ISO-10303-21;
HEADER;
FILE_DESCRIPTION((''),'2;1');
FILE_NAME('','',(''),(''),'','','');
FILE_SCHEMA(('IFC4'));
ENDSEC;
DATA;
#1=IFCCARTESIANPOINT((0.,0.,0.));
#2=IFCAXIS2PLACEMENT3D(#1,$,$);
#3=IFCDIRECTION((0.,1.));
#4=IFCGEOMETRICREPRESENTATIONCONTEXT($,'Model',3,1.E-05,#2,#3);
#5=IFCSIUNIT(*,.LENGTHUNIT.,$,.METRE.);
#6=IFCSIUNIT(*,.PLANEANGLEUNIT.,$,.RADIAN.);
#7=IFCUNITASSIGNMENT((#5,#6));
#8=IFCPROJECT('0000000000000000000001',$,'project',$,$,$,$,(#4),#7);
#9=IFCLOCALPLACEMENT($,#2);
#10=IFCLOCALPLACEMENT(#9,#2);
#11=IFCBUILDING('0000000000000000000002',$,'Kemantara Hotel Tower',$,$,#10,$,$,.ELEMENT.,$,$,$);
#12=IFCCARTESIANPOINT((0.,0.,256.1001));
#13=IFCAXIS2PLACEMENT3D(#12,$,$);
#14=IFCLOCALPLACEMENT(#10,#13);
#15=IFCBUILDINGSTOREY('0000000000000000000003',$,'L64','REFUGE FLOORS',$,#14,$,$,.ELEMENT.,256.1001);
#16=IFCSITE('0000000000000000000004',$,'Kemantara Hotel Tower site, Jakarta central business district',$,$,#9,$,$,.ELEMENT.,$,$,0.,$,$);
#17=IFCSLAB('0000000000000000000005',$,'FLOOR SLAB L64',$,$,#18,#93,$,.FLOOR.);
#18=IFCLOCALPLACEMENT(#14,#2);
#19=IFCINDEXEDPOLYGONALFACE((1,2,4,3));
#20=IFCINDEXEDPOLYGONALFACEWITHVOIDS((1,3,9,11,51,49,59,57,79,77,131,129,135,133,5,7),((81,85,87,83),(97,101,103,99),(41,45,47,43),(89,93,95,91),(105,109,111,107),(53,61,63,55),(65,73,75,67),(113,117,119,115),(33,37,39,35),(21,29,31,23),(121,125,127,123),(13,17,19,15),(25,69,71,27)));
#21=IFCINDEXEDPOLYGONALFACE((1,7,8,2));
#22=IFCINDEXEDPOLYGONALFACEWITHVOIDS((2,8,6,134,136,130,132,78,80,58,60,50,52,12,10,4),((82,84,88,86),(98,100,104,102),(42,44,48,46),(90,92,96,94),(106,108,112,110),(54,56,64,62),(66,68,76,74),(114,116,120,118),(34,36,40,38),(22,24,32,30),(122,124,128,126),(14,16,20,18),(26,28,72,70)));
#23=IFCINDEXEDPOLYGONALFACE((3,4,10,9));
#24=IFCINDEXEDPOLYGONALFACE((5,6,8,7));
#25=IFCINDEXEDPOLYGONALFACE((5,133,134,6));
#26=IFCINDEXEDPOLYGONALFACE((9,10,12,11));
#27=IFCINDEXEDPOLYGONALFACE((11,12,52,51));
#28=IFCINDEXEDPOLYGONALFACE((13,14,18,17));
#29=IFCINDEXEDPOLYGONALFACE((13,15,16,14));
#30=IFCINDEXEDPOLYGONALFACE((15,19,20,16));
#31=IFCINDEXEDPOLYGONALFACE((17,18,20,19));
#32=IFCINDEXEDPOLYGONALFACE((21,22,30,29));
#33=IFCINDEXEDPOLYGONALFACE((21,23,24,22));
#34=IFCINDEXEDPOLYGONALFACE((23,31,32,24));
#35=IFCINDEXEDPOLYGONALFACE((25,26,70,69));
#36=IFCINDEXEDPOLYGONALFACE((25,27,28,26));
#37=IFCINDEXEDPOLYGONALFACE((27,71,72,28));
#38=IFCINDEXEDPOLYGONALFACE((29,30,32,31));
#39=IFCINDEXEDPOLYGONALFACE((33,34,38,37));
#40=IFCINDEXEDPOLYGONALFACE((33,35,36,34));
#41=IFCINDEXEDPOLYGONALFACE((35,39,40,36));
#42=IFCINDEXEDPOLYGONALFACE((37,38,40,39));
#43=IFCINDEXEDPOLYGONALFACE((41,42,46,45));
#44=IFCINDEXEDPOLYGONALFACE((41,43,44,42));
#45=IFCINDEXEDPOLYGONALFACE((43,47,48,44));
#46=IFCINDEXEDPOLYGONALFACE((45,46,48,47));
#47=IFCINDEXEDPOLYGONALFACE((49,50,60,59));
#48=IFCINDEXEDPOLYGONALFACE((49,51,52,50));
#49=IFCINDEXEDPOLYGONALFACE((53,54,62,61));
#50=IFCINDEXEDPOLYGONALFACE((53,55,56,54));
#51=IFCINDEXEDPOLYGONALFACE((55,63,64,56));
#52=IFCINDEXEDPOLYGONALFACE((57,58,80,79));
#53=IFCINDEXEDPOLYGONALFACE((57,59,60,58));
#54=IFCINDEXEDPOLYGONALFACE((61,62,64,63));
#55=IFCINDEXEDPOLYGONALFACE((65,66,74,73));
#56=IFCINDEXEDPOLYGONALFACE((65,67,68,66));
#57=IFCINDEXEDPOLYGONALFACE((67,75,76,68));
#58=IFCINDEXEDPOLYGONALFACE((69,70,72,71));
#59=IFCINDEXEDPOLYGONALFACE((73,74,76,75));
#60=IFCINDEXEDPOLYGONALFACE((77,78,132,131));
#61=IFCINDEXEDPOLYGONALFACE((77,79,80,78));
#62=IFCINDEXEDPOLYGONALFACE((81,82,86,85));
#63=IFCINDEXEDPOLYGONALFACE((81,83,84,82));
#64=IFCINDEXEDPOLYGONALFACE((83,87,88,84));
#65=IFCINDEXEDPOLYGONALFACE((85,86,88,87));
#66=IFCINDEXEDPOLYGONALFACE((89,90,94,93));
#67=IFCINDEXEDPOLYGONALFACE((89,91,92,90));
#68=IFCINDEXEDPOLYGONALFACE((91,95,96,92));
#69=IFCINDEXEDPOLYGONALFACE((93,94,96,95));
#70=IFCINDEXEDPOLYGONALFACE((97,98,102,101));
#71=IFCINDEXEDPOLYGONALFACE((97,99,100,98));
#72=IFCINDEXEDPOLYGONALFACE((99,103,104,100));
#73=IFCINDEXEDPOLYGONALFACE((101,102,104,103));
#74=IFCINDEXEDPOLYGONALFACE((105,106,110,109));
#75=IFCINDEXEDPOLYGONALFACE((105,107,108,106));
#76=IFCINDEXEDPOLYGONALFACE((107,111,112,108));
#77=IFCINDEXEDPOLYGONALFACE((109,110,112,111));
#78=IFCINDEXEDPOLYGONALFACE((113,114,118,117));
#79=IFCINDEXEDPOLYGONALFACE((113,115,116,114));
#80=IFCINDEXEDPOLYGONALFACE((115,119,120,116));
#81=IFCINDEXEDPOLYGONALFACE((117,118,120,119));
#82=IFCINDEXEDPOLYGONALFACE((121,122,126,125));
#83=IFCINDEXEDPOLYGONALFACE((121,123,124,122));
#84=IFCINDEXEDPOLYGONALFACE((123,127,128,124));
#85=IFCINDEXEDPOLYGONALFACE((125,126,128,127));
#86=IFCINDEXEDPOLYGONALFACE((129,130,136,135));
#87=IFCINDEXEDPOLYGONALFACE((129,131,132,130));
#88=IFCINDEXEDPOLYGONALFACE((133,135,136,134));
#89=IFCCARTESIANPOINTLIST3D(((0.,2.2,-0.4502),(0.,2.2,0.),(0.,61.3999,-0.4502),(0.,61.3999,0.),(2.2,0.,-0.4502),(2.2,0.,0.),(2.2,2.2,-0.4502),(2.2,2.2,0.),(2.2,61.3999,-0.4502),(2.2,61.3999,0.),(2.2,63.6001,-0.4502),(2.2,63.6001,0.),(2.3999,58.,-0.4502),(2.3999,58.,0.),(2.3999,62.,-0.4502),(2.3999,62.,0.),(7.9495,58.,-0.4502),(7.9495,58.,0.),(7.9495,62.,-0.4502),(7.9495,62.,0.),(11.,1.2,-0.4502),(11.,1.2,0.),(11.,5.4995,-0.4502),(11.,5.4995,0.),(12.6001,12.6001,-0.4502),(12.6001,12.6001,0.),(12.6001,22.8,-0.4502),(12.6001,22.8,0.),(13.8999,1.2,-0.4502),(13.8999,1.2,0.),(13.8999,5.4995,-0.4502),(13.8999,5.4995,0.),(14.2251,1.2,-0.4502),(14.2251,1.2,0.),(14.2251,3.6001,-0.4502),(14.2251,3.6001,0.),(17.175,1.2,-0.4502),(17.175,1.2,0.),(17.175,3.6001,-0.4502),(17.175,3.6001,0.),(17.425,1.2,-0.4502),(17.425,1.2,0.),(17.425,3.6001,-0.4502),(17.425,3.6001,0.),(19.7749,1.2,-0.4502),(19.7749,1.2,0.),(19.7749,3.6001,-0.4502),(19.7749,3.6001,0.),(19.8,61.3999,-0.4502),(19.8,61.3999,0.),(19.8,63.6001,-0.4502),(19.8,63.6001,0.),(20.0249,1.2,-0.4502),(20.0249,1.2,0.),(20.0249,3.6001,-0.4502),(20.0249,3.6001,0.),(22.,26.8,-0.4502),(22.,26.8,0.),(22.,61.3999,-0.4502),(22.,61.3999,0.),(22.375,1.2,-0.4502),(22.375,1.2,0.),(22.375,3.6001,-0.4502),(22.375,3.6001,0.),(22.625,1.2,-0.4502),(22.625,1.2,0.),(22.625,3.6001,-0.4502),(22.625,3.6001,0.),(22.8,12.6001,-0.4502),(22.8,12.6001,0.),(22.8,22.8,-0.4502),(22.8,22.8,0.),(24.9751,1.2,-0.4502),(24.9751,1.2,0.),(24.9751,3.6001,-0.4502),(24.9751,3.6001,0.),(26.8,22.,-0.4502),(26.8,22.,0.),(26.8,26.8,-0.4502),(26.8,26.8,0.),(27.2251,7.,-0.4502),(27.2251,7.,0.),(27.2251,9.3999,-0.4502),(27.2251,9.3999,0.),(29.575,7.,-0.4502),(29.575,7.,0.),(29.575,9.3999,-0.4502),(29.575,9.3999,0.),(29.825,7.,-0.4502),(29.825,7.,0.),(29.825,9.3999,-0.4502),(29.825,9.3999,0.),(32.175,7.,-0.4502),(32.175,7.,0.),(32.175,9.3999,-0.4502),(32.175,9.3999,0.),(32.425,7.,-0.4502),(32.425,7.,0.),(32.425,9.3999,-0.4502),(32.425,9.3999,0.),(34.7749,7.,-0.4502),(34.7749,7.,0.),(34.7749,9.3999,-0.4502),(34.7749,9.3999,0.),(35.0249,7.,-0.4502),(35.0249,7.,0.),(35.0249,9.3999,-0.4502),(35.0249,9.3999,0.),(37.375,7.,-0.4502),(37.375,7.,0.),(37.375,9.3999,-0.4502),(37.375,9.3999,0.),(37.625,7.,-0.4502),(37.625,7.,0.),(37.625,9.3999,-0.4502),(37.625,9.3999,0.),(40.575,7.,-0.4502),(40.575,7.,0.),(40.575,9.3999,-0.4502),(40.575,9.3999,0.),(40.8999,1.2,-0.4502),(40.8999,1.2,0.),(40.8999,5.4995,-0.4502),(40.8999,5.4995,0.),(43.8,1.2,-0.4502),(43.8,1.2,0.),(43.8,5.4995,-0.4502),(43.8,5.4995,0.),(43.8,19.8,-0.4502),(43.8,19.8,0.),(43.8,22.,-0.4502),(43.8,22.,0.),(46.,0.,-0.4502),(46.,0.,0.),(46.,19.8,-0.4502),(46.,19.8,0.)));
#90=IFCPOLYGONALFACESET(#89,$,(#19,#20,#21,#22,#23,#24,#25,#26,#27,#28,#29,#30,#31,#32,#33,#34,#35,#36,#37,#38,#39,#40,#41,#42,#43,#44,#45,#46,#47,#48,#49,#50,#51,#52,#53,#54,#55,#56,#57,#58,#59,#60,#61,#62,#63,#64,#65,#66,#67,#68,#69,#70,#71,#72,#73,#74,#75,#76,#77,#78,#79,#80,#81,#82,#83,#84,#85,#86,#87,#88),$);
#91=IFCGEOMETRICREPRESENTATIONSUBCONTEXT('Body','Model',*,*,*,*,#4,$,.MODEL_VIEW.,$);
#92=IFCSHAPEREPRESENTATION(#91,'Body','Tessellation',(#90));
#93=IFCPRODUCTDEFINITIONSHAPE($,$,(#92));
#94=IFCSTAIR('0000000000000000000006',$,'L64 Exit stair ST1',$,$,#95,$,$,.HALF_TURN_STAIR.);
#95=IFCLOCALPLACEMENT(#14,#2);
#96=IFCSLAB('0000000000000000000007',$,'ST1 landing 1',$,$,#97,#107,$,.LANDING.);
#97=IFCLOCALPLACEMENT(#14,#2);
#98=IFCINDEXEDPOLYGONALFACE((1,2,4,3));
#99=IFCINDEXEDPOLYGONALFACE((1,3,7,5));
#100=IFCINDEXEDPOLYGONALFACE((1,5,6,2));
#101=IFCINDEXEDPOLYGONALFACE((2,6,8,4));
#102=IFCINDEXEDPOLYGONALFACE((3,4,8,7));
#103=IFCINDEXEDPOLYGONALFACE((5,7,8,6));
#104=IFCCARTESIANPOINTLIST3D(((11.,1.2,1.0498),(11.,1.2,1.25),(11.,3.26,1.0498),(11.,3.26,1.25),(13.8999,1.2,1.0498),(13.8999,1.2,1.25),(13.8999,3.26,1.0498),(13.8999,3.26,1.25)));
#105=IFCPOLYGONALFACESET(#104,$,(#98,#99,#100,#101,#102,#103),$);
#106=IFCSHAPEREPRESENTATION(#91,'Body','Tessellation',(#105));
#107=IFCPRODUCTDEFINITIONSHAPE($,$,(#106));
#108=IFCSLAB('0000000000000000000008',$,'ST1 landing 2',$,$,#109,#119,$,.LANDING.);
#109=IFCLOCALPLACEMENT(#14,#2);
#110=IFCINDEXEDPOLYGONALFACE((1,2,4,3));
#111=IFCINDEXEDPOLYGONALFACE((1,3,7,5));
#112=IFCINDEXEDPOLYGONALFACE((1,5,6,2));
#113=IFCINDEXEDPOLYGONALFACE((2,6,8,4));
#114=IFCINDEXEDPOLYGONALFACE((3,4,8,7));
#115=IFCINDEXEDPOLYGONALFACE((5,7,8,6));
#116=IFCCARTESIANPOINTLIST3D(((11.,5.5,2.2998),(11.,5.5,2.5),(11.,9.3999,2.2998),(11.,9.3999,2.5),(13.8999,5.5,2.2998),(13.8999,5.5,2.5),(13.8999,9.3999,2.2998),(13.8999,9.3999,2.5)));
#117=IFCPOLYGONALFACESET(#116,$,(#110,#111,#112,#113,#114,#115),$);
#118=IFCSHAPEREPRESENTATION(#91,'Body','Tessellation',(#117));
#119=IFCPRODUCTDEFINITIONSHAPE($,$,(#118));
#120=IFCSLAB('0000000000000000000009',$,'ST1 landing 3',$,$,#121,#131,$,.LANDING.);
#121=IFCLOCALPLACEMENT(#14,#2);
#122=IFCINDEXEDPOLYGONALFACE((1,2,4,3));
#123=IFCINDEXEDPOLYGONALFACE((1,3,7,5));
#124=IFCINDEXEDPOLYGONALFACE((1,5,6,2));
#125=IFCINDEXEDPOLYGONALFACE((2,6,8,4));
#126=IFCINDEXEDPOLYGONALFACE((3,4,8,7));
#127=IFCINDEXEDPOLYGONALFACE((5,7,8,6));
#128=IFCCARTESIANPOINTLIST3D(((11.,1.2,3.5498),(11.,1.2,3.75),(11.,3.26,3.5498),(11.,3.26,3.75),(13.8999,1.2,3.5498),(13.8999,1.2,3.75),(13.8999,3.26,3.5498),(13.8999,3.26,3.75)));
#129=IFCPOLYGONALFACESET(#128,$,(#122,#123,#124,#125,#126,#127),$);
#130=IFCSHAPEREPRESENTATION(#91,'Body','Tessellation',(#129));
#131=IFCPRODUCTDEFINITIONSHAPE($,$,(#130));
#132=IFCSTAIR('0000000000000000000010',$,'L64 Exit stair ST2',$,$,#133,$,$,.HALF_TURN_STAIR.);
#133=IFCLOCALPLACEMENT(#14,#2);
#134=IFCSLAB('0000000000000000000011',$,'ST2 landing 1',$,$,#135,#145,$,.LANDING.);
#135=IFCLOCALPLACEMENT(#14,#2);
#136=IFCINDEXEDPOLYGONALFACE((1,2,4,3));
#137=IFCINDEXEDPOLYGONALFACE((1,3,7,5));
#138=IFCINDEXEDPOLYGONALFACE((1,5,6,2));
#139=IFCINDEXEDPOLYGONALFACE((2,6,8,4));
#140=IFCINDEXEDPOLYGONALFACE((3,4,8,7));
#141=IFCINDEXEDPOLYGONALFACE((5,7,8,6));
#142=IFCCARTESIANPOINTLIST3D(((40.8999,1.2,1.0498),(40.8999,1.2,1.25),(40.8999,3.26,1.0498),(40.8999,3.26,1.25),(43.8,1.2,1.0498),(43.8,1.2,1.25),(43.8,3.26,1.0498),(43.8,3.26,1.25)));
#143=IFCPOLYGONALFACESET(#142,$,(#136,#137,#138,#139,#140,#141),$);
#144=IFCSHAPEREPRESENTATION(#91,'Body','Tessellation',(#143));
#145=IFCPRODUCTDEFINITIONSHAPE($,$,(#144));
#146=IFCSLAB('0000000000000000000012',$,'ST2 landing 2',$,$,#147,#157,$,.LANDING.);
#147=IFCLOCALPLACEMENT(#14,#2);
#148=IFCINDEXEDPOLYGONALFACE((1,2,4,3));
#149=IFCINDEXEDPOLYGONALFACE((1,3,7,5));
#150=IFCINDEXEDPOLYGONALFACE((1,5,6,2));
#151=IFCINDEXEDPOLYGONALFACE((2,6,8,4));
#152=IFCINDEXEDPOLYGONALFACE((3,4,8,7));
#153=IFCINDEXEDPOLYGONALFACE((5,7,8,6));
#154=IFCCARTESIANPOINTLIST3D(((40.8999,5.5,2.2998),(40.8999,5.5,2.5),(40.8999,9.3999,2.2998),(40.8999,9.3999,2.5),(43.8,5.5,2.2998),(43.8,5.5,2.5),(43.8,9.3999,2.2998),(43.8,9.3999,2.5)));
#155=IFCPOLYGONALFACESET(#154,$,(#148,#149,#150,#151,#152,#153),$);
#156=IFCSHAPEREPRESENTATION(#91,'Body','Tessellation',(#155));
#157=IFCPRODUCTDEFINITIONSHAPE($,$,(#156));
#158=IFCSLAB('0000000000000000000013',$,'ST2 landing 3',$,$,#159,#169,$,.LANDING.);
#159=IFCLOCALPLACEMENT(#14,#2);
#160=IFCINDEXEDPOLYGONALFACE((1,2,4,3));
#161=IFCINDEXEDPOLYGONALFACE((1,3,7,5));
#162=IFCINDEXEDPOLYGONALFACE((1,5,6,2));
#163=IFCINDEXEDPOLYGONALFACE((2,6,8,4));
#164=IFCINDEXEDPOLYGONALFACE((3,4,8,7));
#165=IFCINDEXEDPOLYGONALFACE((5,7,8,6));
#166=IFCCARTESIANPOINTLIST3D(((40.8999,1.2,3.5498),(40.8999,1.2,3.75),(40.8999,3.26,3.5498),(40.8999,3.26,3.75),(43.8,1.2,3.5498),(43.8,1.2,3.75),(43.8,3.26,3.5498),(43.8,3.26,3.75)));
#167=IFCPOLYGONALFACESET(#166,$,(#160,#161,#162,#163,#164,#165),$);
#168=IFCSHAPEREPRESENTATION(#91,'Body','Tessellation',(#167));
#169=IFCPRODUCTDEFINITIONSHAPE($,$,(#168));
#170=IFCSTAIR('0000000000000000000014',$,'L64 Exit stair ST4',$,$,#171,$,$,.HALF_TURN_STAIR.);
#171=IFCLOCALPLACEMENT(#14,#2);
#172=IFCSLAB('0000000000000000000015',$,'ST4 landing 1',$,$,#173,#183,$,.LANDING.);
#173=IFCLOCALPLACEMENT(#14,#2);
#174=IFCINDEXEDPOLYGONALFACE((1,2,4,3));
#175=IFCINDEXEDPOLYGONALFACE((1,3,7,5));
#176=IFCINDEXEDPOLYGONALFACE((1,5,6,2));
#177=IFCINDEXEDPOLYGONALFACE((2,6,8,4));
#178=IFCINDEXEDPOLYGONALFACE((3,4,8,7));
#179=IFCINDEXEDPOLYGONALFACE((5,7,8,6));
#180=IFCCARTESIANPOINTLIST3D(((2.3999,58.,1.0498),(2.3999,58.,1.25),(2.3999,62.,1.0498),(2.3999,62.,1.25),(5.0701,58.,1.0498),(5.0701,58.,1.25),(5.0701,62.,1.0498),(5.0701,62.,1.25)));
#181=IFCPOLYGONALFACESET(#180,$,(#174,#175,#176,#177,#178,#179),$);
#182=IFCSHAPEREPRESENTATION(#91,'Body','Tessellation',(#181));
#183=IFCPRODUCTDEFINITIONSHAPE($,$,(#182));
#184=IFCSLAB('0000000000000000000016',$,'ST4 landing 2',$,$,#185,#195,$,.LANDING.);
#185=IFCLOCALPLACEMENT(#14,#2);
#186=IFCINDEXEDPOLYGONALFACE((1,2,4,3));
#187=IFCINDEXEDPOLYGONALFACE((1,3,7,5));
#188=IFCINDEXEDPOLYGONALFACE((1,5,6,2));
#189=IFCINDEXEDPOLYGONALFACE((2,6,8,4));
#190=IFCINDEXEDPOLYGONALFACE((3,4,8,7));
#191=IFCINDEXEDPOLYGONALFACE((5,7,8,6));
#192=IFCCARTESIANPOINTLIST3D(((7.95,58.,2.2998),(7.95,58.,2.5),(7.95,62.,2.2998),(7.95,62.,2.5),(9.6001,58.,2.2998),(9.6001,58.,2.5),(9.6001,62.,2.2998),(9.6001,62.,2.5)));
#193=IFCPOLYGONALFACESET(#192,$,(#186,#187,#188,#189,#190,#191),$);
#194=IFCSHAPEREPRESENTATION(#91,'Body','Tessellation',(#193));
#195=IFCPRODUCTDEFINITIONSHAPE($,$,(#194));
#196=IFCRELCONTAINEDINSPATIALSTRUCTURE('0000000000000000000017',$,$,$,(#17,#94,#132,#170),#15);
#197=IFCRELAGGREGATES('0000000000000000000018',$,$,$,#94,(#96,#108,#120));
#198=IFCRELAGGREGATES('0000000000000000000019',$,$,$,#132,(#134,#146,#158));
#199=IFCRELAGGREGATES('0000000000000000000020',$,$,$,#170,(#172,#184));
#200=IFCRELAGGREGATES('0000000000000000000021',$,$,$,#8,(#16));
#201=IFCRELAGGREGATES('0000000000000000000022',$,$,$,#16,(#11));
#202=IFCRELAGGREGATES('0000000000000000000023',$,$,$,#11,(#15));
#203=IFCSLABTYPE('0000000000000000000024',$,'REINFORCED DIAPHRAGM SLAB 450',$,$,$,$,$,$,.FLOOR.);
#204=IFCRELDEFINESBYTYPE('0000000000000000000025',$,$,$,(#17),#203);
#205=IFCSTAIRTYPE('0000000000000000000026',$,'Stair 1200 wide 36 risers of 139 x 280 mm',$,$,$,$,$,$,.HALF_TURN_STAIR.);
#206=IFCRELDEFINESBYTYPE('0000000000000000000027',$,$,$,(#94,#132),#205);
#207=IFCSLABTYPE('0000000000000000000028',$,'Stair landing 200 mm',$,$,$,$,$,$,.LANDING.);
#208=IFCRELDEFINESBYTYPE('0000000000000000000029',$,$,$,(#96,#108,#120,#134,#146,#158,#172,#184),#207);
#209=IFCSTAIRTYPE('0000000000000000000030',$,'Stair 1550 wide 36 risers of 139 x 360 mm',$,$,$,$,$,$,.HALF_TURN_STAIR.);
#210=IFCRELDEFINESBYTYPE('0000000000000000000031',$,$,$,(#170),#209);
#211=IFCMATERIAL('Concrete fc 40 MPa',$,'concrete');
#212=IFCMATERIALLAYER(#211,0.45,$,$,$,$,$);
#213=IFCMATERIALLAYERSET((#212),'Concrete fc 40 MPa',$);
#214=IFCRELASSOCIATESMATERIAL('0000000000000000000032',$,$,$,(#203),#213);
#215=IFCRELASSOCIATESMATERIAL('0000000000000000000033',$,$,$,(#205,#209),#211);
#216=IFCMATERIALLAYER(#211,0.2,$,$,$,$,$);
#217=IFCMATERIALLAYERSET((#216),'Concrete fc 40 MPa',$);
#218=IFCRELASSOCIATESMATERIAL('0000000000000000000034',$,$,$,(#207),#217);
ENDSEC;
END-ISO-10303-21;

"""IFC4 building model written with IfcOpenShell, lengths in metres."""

from ifc_helpers import new_model, si_unit, direction, frame, origin, place, context, subcontext, project, spatial, polyline, outline, extrude, material, layer, layer_set, type_object, element, aggregate, save


model = new_model("IFC4")

# Units and contexts
model_context = context("Model", 3, precision=1e-05, world=origin(), true_north=direction((0.0, 1.0)))
body_context = subcontext(model_context, "Body", "Model", "MODEL_VIEW")
ifc_project = project(units=[si_unit("LENGTHUNIT", "METRE"), si_unit("PLANEANGLEUNIT", "RADIAN")], contexts=[model_context])

# Site, building, storey
site_placement = place(None, origin())
site = spatial("IfcSite", under=ifc_project, at=site_placement, Name="Kemantara Hotel Tower site, Jakarta central business district", CompositionType="ELEMENT", RefElevation=0.0)
building_placement = place(site_placement, origin())
building = spatial("IfcBuilding", under=site, at=building_placement, Name="Kemantara Hotel Tower", CompositionType="ELEMENT")
storey_placement = place(building_placement, frame((0.0, 0.0, 256.1001)))
storey = spatial("IfcBuildingStorey", under=building, at=storey_placement, Name="L64", Description="REFUGE FLOORS", CompositionType="ELEMENT", Elevation=256.1001)

# Slab
ifc_material_1 = material(Name="Concrete fc 40 MPa", Category="concrete")
ifc_layer_1 = layer(ifc_material_1, 0.45)
ifc_layer_set_1 = layer_set([ifc_layer_1], Name="Concrete fc 40 MPa")
slab_type_1 = type_object("IfcSlabType", Name="REINFORCED DIAPHRAGM SLAB 450", PredefinedType="FLOOR", material=ifc_layer_set_1)
slab_1_placement = place(storey_placement, frame((0.0, 0.0, -0.4502)))
element("IfcSlab", 1, at=slab_1_placement, inside=storey, type_object=slab_type_1, Name="FLOOR SLAB L64", PredefinedType="FLOOR", context=body_context, shape_type="SweptSolid", body=[
    extrude(outline(polyline([(22.0, 26.8), (22.0, 61.3999), (19.8, 61.3999), (19.8, 63.6001), (2.2, 63.6001), (2.2, 61.3999), (0.0, 61.3999), (0.0, 2.2), (2.2, 2.2), (2.2, 0.0), (46.0, 0.0), (46.0, 19.8), (43.8, 19.8), (43.8, 22.0), (26.8, 22.0), (26.8, 26.8), (22.0, 26.8)]), holes=[polyline([(17.175, 3.6001), (17.175, 1.2), (14.2251, 1.2), (14.2251, 3.6001), (17.175, 3.6001)]), polyline([(19.7749, 1.2), (17.425, 1.2), (17.425, 3.6001), (19.7749, 3.6001), (19.7749, 1.2)]), polyline([(22.375, 1.2), (20.0249, 1.2), (20.0249, 3.6001), (22.375, 3.6001), (22.375, 1.2)]), polyline([(24.9751, 3.6001), (24.9751, 1.2), (22.625, 1.2), (22.625, 3.6001), (24.9751, 3.6001)]), polyline([(11.0, 1.2), (11.0, 5.4995), (13.8999, 5.4995), (13.8999, 1.2), (11.0, 1.2)]), polyline([(22.8, 12.6001), (12.6001, 12.6001), (12.6001, 22.8), (22.8, 22.8), (22.8, 12.6001)]), polyline([(2.3999, 58.0), (2.3999, 62.0), (7.9495, 62.0), (7.9495, 58.0), (2.3999, 58.0)]), polyline([(40.8999, 1.2), (40.8999, 5.4995), (43.8, 5.4995), (43.8, 1.2), (40.8999, 1.2)]), polyline([(29.575, 7.0), (27.2251, 7.0), (27.2251, 9.3999), (29.575, 9.3999), (29.575, 7.0)]), polyline([(32.175, 7.0), (29.825, 7.0), (29.825, 9.3999), (32.175, 9.3999), (32.175, 7.0)]), polyline([(34.7749, 7.0), (32.425, 7.0), (32.425, 9.3999), (34.7749, 9.3999), (34.7749, 7.0)]), polyline([(37.375, 7.0), (35.0249, 7.0), (35.0249, 9.3999), (37.375, 9.3999), (37.375, 7.0)]), polyline([(40.575, 7.0), (37.625, 7.0), (37.625, 9.3999), (40.575, 9.3999), (40.575, 7.0)])]), origin(), (0.0, 0.0, 1.0), 0.4502),
])

# Stairs, slabs
stair_type_1 = type_object("IfcStairType", Name="Stair 1200 wide 36 risers of 139 x 280 mm", PredefinedType="HALF_TURN_STAIR", material=ifc_material_1)
stair_1_placement = place(storey_placement, origin())
stair_1 = element("IfcStair", 2, at=stair_1_placement, inside=storey, type_object=stair_type_1, Name="L64 Exit stair ST1", PredefinedType="HALF_TURN_STAIR")
ifc_layer_2 = layer(ifc_material_1, 0.2)
ifc_layer_set_2 = layer_set([ifc_layer_2], Name="Concrete fc 40 MPa")
slab_type_2 = type_object("IfcSlabType", Name="Stair landing 200 mm", PredefinedType="LANDING", material=ifc_layer_set_2)
slab_2_placement = place(storey_placement, frame((0.0, 0.0, 1.0498)))
slab_2 = element("IfcSlab", 3, at=slab_2_placement, type_object=slab_type_2, Name="ST1 landing 1", PredefinedType="LANDING", context=body_context, shape_type="SweptSolid", body=[
    extrude(outline(polyline([(11.0, 3.26), (11.0, 1.2), (13.8999, 1.2), (13.8999, 3.26), (11.0, 3.26)])), origin(), (0.0, 0.0, 1.0), 0.2002),
])
slab_3_placement = place(storey_placement, frame((0.0, 0.0, 2.2998)))
slab_3 = element("IfcSlab", 4, at=slab_3_placement, type_object=slab_type_2, Name="ST1 landing 2", PredefinedType="LANDING", context=body_context, shape_type="SweptSolid", body=[
    extrude(outline(polyline([(11.0, 9.3999), (11.0, 5.5), (13.8999, 5.5), (13.8999, 9.3999), (11.0, 9.3999)])), origin(), (0.0, 0.0, 1.0), 0.2002),
])
slab_4_placement = place(storey_placement, frame((0.0, 0.0, 3.5498)))
slab_4 = element("IfcSlab", 5, at=slab_4_placement, type_object=slab_type_2, Name="ST1 landing 3", PredefinedType="LANDING", context=body_context, shape_type="SweptSolid", body=[
    extrude(outline(polyline([(11.0, 3.26), (11.0, 1.2), (13.8999, 1.2), (13.8999, 3.26), (11.0, 3.26)])), origin(), (0.0, 0.0, 1.0), 0.2002),
])
aggregate(stair_1, [slab_2, slab_3, slab_4])
stair_2_placement = place(storey_placement, origin())
stair_2 = element("IfcStair", 6, at=stair_2_placement, inside=storey, type_object=stair_type_1, Name="L64 Exit stair ST2", PredefinedType="HALF_TURN_STAIR")
slab_5_placement = place(storey_placement, frame((0.0, 0.0, 1.0498)))
slab_5 = element("IfcSlab", 7, at=slab_5_placement, type_object=slab_type_2, Name="ST2 landing 1", PredefinedType="LANDING", context=body_context, shape_type="SweptSolid", body=[
    extrude(outline(polyline([(40.8999, 3.26), (40.8999, 1.2), (43.8, 1.2), (43.8, 3.26), (40.8999, 3.26)])), origin(), (0.0, 0.0, 1.0), 0.2002),
])
slab_6_placement = place(storey_placement, frame((0.0, 0.0, 2.2998)))
slab_6 = element("IfcSlab", 8, at=slab_6_placement, type_object=slab_type_2, Name="ST2 landing 2", PredefinedType="LANDING", context=body_context, shape_type="SweptSolid", body=[
    extrude(outline(polyline([(40.8999, 9.3999), (40.8999, 5.5), (43.8, 5.5), (43.8, 9.3999), (40.8999, 9.3999)])), origin(), (0.0, 0.0, 1.0), 0.2002),
])
slab_7_placement = place(storey_placement, frame((0.0, 0.0, 3.5498)))
slab_7 = element("IfcSlab", 9, at=slab_7_placement, type_object=slab_type_2, Name="ST2 landing 3", PredefinedType="LANDING", context=body_context, shape_type="SweptSolid", body=[
    extrude(outline(polyline([(40.8999, 3.26), (40.8999, 1.2), (43.8, 1.2), (43.8, 3.26), (40.8999, 3.26)])), origin(), (0.0, 0.0, 1.0), 0.2002),
])
aggregate(stair_2, [slab_5, slab_6, slab_7])
stair_type_2 = type_object("IfcStairType", Name="Stair 1550 wide 36 risers of 139 x 360 mm", PredefinedType="HALF_TURN_STAIR", material=ifc_material_1)
stair_3_placement = place(storey_placement, origin())
stair_3 = element("IfcStair", 10, at=stair_3_placement, inside=storey, type_object=stair_type_2, Name="L64 Exit stair ST4", PredefinedType="HALF_TURN_STAIR")
slab_8_placement = place(storey_placement, frame((0.0, 0.0, 1.0498)))
slab_8 = element("IfcSlab", 11, at=slab_8_placement, type_object=slab_type_2, Name="ST4 landing 1", PredefinedType="LANDING", context=body_context, shape_type="SweptSolid", body=[
    extrude(outline(polyline([(5.0701, 62.0), (2.3999, 62.0), (2.3999, 58.0), (5.0701, 58.0), (5.0701, 62.0)])), origin(), (0.0, 0.0, 1.0), 0.2002),
])
slab_9_placement = place(storey_placement, frame((0.0, 0.0, 2.2998)))
slab_9 = element("IfcSlab", 12, at=slab_9_placement, type_object=slab_type_2, Name="ST4 landing 2", PredefinedType="LANDING", context=body_context, shape_type="SweptSolid", body=[
    extrude(outline(polyline([(9.6001, 62.0), (7.95, 62.0), (7.95, 58.0), (9.6001, 58.0), (9.6001, 62.0)])), origin(), (0.0, 0.0, 1.0), 0.2002),
])
aggregate(stair_3, [slab_8, slab_9])

save(model, "model.ifc")
